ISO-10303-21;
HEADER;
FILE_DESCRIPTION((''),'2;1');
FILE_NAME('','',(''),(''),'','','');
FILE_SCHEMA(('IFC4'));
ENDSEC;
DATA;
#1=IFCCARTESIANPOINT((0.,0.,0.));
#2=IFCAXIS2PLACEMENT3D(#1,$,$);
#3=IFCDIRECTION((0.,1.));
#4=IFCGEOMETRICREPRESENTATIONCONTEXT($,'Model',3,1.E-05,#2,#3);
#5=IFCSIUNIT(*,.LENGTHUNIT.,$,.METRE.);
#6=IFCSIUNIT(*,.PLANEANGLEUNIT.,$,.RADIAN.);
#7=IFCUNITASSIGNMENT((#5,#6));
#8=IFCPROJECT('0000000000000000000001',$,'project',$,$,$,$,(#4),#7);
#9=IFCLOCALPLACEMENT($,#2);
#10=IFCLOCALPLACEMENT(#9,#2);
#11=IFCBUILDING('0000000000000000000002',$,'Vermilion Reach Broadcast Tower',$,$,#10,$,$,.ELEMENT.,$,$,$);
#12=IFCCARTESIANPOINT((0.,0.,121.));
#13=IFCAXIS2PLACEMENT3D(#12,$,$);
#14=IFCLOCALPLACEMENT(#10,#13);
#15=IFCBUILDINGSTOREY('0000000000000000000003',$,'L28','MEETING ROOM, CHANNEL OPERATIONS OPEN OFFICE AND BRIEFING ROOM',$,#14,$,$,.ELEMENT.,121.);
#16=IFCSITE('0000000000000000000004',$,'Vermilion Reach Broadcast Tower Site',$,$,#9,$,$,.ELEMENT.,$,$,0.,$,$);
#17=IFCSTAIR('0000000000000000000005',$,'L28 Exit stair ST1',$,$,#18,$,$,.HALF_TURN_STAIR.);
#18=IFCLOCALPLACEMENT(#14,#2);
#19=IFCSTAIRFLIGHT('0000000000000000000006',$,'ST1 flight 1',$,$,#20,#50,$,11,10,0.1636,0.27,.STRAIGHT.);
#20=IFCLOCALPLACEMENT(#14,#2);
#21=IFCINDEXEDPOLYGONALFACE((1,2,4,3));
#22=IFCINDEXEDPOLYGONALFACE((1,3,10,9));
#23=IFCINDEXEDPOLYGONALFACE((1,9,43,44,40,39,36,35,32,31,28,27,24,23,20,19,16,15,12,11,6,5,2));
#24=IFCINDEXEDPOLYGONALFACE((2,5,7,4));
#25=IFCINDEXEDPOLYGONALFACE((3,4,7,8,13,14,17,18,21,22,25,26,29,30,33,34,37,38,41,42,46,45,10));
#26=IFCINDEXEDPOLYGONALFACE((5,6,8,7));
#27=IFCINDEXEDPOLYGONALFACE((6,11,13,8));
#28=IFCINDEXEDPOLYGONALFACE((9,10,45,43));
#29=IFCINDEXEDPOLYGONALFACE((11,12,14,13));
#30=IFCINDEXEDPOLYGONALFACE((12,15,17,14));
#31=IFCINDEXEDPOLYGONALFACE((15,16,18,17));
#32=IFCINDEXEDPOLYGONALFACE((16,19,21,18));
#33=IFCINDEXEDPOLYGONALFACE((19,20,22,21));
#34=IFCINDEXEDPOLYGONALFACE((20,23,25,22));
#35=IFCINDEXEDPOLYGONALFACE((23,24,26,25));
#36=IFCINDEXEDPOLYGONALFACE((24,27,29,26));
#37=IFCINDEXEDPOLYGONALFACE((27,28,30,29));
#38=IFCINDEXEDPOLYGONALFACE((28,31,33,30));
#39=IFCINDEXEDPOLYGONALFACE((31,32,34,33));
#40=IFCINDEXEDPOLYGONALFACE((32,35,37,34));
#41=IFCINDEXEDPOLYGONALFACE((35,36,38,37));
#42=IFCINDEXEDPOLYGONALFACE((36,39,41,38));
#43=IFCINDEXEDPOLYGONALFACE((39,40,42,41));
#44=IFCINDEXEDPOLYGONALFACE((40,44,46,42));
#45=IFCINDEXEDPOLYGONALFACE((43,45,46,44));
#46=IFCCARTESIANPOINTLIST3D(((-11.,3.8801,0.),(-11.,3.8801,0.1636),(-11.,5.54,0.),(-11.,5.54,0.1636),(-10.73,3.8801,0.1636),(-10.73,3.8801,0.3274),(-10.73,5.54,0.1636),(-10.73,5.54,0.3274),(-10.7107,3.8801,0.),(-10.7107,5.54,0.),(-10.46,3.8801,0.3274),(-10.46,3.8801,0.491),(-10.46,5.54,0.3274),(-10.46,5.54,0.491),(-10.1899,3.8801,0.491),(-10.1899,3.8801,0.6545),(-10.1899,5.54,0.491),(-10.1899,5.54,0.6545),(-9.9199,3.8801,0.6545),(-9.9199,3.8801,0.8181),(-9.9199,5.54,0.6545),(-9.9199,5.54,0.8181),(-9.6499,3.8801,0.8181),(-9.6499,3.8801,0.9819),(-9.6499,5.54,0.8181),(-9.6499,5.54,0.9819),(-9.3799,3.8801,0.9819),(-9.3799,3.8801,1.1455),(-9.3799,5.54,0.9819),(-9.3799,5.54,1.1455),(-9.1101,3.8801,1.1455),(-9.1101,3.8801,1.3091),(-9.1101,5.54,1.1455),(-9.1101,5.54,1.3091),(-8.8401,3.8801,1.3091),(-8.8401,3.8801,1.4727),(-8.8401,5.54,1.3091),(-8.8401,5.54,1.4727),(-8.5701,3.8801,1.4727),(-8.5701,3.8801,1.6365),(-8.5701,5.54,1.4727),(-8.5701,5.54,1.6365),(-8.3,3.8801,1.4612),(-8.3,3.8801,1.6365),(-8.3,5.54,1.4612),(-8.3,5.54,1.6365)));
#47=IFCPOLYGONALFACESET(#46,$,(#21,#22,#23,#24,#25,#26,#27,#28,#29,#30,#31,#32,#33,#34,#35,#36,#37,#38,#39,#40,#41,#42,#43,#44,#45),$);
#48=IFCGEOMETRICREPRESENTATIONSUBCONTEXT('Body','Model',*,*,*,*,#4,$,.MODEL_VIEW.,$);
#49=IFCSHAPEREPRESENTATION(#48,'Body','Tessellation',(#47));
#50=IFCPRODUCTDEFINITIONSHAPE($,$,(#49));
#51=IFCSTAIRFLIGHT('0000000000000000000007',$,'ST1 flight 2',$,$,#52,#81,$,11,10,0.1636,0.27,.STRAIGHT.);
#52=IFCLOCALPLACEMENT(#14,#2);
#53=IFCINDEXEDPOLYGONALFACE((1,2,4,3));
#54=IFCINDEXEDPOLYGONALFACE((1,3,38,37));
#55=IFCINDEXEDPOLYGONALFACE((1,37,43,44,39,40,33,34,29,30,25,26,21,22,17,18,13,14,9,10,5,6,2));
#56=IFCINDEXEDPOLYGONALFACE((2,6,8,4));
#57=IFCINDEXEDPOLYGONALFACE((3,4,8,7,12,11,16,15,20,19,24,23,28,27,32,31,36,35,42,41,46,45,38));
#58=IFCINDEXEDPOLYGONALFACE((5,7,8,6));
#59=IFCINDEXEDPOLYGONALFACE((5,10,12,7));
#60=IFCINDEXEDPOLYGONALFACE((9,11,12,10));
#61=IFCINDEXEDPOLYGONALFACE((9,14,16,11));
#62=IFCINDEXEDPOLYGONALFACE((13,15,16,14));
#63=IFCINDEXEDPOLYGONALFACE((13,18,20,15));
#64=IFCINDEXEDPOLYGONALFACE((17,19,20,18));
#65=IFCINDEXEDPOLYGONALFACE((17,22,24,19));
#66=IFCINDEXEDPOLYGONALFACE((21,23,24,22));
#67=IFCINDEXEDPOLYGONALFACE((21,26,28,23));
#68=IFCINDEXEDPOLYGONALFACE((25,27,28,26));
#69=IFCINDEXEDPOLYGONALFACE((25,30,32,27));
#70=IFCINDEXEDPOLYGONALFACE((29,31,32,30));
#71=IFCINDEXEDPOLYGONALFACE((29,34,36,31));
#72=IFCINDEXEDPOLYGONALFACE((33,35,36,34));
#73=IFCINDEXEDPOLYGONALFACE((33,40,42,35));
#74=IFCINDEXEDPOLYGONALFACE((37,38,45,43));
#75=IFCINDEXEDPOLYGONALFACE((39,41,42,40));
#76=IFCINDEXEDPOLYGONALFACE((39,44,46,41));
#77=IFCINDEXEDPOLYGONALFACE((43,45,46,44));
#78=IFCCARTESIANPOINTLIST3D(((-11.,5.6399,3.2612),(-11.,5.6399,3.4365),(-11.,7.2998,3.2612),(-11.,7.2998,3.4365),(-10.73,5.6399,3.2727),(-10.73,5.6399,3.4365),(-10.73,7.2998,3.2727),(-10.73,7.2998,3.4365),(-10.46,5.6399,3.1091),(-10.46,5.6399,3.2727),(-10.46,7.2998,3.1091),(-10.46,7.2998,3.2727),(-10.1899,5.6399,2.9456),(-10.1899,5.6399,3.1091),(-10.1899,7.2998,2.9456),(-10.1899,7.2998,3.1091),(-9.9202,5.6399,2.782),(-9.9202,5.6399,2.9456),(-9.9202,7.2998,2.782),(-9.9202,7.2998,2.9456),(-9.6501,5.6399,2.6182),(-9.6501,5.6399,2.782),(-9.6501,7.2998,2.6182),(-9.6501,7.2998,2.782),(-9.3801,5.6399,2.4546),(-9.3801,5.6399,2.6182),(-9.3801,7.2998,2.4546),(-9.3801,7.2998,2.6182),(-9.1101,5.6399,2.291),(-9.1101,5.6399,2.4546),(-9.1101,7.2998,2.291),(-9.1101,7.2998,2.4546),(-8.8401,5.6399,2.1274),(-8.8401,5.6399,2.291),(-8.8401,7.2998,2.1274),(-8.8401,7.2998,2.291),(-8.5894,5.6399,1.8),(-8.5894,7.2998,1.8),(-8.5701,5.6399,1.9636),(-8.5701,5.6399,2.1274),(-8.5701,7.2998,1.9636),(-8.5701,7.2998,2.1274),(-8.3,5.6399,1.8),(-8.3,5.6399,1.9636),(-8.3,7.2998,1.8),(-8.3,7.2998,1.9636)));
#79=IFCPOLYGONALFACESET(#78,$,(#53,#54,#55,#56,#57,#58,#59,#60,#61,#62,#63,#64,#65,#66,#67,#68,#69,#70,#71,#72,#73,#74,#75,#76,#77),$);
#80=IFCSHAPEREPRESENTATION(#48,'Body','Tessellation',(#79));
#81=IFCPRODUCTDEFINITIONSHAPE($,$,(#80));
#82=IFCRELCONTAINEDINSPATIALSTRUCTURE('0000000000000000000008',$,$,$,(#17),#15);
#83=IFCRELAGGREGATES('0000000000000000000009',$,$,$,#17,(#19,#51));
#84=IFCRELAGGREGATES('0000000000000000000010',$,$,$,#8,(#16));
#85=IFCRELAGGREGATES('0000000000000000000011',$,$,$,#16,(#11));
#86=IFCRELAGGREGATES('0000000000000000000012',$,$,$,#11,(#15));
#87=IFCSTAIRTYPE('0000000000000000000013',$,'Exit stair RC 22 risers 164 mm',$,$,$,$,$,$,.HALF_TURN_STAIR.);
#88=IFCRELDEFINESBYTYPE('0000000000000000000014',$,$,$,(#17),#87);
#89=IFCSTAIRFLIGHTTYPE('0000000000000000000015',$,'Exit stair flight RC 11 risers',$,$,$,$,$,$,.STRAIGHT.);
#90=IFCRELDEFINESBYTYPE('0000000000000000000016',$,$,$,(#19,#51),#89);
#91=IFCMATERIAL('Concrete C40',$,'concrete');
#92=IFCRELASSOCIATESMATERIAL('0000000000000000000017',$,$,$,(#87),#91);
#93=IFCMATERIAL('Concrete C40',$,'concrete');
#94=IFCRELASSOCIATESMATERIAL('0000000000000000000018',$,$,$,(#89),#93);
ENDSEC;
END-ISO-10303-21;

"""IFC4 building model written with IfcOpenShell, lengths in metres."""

from ifc_helpers import new_model, si_unit, direction, frame, origin, place, context, subcontext, project, spatial, polyline, outline, extrude, material, type_object, element, aggregate, save


model = new_model("IFC4")

# Units and contexts
model_context = context("Model", 3, precision=1e-05, world=origin(), true_north=direction((0.0, 1.0)))
body_context = subcontext(model_context, "Body", "Model", "MODEL_VIEW")
ifc_project = project(units=[si_unit("LENGTHUNIT", "METRE"), si_unit("PLANEANGLEUNIT", "RADIAN")], contexts=[model_context])

# Site, building, storey
site_placement = place(None, origin())
site = spatial("IfcSite", under=ifc_project, at=site_placement, Name="Vermilion Reach Broadcast Tower Site", CompositionType="ELEMENT", RefElevation=0.0)
building_placement = place(site_placement, origin())
building = spatial("IfcBuilding", under=site, at=building_placement, Name="Vermilion Reach Broadcast Tower", CompositionType="ELEMENT")
storey_placement = place(building_placement, frame((0.0, 0.0, 121.0)))
storey = spatial("IfcBuildingStorey", under=building, at=storey_placement, Name="L28", Description="MEETING ROOM, CHANNEL OPERATIONS OPEN OFFICE AND BRIEFING ROOM", CompositionType="ELEMENT", Elevation=121.0)

# Stair, stair flights
ifc_material_1 = material(Name="Concrete C40", Category="concrete")
stair_type = type_object("IfcStairType", Name="Exit stair RC 22 risers 164 mm", PredefinedType="HALF_TURN_STAIR", material=ifc_material_1)
stair_placement = place(storey_placement, origin())
stair = element("IfcStair", 1, at=stair_placement, inside=storey, type_object=stair_type, Name="L28 Exit stair ST1", PredefinedType="HALF_TURN_STAIR")
ifc_material_2 = material(Name="Concrete C40", Category="concrete")
stair_flight_type = type_object("IfcStairFlightType", Name="Exit stair flight RC 11 risers", PredefinedType="STRAIGHT", material=ifc_material_2)
stair_flight_1_placement = place(storey_placement, frame((-11.0, 4.71, 0.0), z_axis=(0.0, 0.0, 1.0), x_axis=(1.0, 0.0, 0.0)))
stair_flight_1 = element("IfcStairFlight", 2, at=stair_flight_1_placement, type_object=stair_flight_type, Name="ST1 flight 1", NumberOfRisers=11, NumberOfTreads=10, PredefinedType="STRAIGHT", RiserHeight=0.1636, TreadLength=0.27, context=body_context, shape_type="SweptSolid", body=[
    extrude(outline(polyline([(0.0, 0.0), (0.0, 0.1636), (0.27, 0.1636), (0.27, 0.3274), (0.54, 0.3274), (0.54, 0.491), (0.8101, 0.491), (0.8101, 0.6545), (1.0801, 0.6545), (1.0801, 0.8181), (1.3501, 0.8181), (1.3501, 0.9819), (1.6201, 0.9819), (1.6201, 1.1455), (1.8899, 1.1455), (1.8899, 1.3091), (2.1599, 1.3091), (2.1599, 1.4727), (2.4299, 1.4727), (2.4299, 1.6365), (2.7, 1.6365), (2.7, 1.8), (2.7, 1.4612), (0.2893, 0.0), (0.0, 0.0)])), frame((0.0, 0.8301, 0.0), z_axis=(0.0, -1.0, 0.0), x_axis=(1.0, 0.0, 0.0)), (0.0, 0.0, 1.0), 1.6599),
])
stair_flight_2_placement = place(storey_placement, frame((-8.3, 6.47, 1.8), z_axis=(0.0, 0.0, 1.0), x_axis=(-1.0, 0.0, 0.0)))
stair_flight_2 = element("IfcStairFlight", 3, at=stair_flight_2_placement, type_object=stair_flight_type, Name="ST1 flight 2", NumberOfRisers=11, NumberOfTreads=10, PredefinedType="STRAIGHT", RiserHeight=0.1636, TreadLength=0.27, context=body_context, shape_type="SweptSolid", body=[
    extrude(outline(polyline([(0.0, 0.0), (0.0, 0.1636), (0.27, 0.1636), (0.27, 0.3274), (0.54, 0.3274), (0.54, 0.491), (0.8101, 0.491), (0.8101, 0.6545), (1.0801, 0.6545), (1.0801, 0.8181), (1.3501, 0.8181), (1.3501, 0.9819), (1.6201, 0.9819), (1.6201, 1.1455), (1.8899, 1.1455), (1.8899, 1.3091), (2.1599, 1.3091), (2.1599, 1.4727), (2.4299, 1.4727), (2.4299, 1.6365), (2.7, 1.6365), (2.7, 1.8), (2.7, 1.4612), (0.2893, 0.0), (0.0, 0.0)])), frame((0.0, 0.8301, 0.0), z_axis=(0.0, -1.0, 0.0), x_axis=(1.0, 0.0, 0.0)), (0.0, 0.0, 1.0), 1.6599),
])
aggregate(stair, [stair_flight_1, stair_flight_2])

save(model, "model.ifc")
